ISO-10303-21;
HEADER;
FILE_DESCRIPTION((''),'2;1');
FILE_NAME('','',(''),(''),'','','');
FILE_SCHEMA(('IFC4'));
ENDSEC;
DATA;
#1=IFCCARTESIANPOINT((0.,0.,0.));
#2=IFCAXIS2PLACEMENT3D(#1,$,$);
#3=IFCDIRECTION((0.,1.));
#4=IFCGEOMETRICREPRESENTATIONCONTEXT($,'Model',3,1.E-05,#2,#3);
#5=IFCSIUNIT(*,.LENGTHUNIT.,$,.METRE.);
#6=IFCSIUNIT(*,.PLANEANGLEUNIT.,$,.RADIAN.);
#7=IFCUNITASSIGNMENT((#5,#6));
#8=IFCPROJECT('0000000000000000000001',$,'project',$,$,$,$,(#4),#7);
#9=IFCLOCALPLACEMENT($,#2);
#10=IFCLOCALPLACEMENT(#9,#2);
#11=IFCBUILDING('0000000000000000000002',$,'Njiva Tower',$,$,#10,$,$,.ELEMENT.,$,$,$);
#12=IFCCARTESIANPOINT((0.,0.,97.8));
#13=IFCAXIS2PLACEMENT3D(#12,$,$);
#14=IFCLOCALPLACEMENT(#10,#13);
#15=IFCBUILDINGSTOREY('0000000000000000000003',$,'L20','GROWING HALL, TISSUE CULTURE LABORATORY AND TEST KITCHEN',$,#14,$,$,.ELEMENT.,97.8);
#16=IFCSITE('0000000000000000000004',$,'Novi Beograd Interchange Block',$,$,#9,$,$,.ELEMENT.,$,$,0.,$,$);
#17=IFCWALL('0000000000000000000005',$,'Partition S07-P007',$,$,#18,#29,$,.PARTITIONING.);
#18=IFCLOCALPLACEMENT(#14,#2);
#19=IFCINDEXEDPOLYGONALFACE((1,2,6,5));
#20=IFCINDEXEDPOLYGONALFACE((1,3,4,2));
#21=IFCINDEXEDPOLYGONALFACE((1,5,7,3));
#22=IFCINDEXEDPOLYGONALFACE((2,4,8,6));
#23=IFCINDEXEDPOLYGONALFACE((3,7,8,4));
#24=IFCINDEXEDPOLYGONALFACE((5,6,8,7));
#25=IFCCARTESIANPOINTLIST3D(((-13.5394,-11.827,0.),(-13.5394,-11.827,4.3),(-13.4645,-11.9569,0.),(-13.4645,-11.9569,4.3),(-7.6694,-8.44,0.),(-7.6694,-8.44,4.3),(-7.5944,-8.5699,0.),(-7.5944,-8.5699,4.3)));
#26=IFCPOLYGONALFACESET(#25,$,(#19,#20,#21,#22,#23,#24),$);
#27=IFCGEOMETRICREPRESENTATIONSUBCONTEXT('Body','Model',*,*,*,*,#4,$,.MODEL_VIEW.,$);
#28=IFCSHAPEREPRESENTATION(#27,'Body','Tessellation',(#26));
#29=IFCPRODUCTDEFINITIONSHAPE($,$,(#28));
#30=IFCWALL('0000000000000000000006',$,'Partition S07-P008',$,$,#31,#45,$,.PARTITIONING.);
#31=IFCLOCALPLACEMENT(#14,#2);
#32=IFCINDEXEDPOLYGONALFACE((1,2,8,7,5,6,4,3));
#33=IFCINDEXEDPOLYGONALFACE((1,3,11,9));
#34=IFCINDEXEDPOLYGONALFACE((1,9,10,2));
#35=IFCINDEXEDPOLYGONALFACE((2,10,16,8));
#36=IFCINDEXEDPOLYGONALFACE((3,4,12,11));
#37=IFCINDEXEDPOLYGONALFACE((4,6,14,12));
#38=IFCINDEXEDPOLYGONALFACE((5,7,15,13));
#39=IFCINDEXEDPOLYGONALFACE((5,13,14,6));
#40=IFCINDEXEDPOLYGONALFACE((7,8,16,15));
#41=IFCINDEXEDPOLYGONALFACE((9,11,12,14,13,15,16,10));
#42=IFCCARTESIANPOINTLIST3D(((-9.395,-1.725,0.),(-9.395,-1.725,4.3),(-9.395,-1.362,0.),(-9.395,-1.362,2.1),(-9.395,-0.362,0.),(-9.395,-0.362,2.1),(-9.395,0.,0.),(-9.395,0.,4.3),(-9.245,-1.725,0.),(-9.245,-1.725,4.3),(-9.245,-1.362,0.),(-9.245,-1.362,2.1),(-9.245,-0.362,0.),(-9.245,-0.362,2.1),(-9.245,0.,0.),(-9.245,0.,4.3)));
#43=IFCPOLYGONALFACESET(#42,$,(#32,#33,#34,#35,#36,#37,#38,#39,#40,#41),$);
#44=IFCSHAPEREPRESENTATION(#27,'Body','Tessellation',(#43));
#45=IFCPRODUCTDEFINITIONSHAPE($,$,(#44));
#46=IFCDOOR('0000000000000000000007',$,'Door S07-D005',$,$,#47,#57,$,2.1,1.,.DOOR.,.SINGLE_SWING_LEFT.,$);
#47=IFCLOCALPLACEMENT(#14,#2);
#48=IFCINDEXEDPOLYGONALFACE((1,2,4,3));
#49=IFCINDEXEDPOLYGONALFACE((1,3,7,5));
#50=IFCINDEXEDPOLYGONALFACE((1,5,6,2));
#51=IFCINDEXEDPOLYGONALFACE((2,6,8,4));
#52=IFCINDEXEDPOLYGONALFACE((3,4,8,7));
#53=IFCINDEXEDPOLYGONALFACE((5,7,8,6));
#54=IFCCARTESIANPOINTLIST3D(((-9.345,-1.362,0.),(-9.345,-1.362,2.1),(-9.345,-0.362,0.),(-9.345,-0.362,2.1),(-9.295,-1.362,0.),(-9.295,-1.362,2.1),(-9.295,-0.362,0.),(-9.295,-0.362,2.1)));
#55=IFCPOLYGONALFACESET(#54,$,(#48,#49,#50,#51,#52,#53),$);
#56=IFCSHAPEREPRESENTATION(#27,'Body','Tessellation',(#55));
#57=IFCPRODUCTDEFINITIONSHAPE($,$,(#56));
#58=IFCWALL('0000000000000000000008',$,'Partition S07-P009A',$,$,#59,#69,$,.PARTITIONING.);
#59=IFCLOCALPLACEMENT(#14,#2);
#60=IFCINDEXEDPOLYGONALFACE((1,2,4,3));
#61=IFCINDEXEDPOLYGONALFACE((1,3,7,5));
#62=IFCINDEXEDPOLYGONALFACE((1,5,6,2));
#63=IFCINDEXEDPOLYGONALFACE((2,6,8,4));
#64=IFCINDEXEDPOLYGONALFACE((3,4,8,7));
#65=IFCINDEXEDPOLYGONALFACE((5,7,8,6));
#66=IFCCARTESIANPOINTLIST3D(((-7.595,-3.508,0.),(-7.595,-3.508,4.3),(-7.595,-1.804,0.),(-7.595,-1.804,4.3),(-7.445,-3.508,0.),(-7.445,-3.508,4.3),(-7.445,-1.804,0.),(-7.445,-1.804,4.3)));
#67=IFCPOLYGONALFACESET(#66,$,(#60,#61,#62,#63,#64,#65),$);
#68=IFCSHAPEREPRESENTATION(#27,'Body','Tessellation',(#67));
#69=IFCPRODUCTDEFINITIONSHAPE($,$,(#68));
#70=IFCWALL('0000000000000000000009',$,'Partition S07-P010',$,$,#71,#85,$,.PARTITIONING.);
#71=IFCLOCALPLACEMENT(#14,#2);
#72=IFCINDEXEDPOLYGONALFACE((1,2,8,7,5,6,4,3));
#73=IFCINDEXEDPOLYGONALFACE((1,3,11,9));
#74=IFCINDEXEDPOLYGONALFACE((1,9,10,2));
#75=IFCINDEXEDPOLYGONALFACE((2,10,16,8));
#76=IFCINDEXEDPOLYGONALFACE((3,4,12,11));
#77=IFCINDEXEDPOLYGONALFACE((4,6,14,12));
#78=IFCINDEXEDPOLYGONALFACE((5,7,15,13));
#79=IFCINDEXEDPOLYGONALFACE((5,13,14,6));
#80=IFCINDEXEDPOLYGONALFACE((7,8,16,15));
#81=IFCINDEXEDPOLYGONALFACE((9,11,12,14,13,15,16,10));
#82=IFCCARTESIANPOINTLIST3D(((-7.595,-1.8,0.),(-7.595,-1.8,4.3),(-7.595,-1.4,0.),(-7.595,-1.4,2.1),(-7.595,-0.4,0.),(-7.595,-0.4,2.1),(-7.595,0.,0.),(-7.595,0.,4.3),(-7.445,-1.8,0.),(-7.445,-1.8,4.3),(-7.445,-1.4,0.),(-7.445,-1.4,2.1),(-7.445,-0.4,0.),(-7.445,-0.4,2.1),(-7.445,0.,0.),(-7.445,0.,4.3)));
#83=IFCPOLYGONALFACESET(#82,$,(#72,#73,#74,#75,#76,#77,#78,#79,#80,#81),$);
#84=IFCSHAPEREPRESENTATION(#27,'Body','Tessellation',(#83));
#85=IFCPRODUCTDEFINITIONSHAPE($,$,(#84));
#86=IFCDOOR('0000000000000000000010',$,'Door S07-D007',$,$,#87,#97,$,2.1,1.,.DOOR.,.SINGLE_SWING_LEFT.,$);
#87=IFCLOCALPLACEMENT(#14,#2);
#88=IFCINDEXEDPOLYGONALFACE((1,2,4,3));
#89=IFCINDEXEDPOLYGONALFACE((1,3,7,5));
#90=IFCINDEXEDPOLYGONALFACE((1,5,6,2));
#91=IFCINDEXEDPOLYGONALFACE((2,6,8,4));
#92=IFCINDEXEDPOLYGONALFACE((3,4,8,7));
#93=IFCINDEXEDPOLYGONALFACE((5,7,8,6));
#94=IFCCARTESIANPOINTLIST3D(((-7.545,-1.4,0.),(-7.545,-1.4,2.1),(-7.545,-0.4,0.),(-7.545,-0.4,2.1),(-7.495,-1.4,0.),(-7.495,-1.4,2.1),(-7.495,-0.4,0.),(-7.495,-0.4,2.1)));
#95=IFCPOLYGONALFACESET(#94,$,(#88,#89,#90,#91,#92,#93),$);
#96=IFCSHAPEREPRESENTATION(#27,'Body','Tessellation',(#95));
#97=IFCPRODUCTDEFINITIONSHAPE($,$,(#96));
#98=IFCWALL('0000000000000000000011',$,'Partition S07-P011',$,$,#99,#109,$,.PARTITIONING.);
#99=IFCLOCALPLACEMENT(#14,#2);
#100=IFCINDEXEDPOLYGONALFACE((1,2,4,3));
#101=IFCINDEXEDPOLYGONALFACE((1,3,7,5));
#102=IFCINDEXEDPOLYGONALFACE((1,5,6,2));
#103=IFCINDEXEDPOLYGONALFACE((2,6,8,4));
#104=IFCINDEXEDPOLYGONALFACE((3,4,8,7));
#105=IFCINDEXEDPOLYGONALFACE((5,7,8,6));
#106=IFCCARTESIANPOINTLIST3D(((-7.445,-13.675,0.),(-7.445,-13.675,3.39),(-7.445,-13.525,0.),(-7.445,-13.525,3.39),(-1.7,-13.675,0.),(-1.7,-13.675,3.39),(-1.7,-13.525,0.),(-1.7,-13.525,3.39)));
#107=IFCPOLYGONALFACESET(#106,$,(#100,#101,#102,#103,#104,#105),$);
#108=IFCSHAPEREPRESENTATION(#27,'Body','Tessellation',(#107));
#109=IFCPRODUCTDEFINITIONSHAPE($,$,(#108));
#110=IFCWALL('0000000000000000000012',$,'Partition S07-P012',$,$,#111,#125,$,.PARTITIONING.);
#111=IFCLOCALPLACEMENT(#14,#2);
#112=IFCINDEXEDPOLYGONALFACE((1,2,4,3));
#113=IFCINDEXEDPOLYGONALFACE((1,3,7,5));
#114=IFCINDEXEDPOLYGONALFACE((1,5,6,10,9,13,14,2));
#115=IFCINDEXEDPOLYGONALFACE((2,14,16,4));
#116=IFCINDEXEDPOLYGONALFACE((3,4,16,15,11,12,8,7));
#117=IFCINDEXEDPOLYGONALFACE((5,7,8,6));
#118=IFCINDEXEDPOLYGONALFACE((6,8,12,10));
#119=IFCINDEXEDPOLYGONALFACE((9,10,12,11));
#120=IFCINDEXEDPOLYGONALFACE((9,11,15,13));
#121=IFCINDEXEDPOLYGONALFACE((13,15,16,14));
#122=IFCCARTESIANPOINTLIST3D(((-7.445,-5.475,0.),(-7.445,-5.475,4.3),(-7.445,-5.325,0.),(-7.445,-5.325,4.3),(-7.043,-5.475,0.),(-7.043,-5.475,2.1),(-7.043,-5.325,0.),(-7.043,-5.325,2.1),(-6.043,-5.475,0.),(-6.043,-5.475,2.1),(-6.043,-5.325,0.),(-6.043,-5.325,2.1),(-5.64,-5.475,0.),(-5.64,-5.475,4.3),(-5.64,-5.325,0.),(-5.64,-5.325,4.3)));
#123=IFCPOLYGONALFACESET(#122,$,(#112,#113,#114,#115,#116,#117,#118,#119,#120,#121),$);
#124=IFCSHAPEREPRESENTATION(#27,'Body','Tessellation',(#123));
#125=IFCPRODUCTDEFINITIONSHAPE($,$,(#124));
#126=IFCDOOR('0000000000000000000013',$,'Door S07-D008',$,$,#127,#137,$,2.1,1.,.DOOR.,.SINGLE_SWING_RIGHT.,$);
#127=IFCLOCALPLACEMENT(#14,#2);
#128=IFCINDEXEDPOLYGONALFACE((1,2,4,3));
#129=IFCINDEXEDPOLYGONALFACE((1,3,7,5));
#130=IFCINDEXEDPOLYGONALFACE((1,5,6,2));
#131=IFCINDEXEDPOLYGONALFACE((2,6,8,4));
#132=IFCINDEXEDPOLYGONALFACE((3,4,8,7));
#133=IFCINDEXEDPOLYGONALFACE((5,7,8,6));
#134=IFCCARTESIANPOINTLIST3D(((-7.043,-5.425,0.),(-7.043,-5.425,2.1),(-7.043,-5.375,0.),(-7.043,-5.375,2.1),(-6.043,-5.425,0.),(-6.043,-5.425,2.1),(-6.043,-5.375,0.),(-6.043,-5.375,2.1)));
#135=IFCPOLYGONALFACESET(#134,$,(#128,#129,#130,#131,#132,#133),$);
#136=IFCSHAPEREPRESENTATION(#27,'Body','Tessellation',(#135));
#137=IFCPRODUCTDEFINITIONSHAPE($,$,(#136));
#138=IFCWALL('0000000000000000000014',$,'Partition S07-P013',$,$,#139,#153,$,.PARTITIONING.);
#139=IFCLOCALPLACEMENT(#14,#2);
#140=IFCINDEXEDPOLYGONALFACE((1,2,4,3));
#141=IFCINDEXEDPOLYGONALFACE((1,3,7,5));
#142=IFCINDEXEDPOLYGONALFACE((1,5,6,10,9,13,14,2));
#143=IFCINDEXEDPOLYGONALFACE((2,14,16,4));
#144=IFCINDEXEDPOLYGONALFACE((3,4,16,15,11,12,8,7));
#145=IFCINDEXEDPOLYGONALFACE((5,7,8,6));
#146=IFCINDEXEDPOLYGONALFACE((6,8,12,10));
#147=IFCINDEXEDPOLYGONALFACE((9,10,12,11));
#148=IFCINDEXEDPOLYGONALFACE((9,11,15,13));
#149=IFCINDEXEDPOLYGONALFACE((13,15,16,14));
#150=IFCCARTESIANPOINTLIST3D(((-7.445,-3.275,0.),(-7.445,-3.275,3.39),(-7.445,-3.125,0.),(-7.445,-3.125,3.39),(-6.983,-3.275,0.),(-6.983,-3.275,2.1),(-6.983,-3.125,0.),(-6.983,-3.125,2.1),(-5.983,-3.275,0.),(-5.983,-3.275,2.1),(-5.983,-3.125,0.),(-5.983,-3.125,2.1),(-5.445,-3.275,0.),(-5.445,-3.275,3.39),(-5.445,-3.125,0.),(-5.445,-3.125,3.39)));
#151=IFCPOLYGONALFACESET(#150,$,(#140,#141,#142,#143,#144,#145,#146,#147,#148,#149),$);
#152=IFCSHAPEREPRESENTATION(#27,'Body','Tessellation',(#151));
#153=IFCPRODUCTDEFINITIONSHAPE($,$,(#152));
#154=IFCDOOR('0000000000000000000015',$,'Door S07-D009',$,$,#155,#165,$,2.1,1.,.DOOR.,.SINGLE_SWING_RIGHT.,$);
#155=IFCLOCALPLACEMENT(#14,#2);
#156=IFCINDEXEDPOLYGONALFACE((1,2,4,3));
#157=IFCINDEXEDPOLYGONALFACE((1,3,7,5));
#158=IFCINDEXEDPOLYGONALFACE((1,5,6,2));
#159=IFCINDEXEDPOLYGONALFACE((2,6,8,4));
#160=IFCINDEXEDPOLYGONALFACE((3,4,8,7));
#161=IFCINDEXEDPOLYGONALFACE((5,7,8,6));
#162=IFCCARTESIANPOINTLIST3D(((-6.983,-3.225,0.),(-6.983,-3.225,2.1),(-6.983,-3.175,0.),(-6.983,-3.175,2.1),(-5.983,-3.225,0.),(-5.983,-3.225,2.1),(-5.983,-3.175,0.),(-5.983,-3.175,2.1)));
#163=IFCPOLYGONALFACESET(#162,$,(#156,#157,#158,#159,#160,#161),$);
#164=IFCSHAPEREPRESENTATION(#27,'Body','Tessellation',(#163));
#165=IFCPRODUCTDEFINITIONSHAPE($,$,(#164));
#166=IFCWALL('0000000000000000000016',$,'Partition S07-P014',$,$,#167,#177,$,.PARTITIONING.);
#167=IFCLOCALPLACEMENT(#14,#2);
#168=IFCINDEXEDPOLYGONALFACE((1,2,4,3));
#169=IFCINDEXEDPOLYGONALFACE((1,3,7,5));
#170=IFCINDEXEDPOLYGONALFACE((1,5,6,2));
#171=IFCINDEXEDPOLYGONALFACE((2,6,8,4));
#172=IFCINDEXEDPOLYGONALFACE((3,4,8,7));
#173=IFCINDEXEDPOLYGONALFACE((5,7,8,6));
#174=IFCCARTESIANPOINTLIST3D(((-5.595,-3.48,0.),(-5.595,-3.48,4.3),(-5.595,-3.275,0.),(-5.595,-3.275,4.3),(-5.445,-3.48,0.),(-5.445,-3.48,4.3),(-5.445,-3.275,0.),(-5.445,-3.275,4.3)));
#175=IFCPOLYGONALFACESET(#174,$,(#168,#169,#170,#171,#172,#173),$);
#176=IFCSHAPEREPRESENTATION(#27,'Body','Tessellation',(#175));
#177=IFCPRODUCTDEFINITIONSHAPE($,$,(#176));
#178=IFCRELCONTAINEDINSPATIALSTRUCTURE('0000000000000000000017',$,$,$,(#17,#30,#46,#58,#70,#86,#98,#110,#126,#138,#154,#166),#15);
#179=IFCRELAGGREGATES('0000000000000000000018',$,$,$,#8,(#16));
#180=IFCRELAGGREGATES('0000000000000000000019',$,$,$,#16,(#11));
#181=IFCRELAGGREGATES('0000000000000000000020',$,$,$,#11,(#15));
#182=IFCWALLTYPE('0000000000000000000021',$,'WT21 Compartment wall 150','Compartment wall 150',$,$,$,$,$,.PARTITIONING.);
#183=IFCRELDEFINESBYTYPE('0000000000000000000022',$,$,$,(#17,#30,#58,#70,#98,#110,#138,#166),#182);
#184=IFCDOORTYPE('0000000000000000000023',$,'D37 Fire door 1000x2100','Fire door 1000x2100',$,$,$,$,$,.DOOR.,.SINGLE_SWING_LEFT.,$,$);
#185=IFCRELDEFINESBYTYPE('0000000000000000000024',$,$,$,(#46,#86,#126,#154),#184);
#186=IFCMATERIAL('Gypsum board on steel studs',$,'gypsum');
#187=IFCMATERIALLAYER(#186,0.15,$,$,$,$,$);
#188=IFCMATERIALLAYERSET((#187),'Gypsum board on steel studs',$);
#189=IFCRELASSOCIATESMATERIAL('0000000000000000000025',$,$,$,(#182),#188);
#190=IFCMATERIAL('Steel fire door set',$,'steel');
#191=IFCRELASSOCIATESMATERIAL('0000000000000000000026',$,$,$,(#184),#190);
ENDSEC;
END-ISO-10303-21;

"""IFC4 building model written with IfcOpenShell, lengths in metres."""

from ifc_helpers import new_model, si_unit, direction, frame, frame_2d, origin, place, context, subcontext, project, spatial, rectangle, extrude, material, layer, layer_set, type_object, element, fill, save


model = new_model("IFC4")

# Units and contexts
model_context = context("Model", 3, precision=1e-05, world=origin(), true_north=direction((0.0, 1.0)))
body_context = subcontext(model_context, "Body", "Model", "MODEL_VIEW")
ifc_project = project(units=[si_unit("LENGTHUNIT", "METRE"), si_unit("PLANEANGLEUNIT", "RADIAN")], contexts=[model_context])

# Site, building, storey
site_placement = place(None, origin())
site = spatial("IfcSite", under=ifc_project, at=site_placement, Name="Novi Beograd Interchange Block", CompositionType="ELEMENT", RefElevation=0.0)
building_placement = place(site_placement, origin())
building = spatial("IfcBuilding", under=site, at=building_placement, Name="Njiva Tower", CompositionType="ELEMENT")
storey_placement = place(building_placement, frame((0.0, 0.0, 97.8)))
storey = spatial("IfcBuildingStorey", under=building, at=storey_placement, Name="L20", Description="GROWING HALL, TISSUE CULTURE LABORATORY AND TEST KITCHEN", CompositionType="ELEMENT", Elevation=97.8)

# Wall
ifc_material_1 = material(Name="Gypsum board on steel studs", Category="gypsum")
ifc_layer_1 = layer(ifc_material_1, 0.15)
ifc_layer_set_1 = layer_set([ifc_layer_1], Name="Gypsum board on steel studs")
wall_type_1 = type_object("IfcWallType", Name="WT21 Compartment wall 150", Description="Compartment wall 150", PredefinedType="PARTITIONING", material=ifc_layer_set_1)
wall_1_placement = place(storey_placement, frame((-13.502, -11.892, 0.0), z_axis=(0.0, 0.0, 1.0), x_axis=(0.866156, 0.499774, 0.0)))
element("IfcWall", 1, at=wall_1_placement, inside=storey, type_object=wall_type_1, Name="Partition S07-P007", PredefinedType="PARTITIONING", context=body_context, shape_type="SweptSolid", body=[
    extrude(rectangle(XDim=6.7771, YDim=0.15, at=frame_2d((3.3886, 0.0))), origin(), (0.0, 0.0, 1.0), 4.3),
])

# Wall, opening, door
wall_2_placement = place(storey_placement, frame((-9.32, -1.725, 0.0), z_axis=(0.0, 0.0, 1.0), x_axis=(0.0, 1.0, 0.0)))
wall_2 = element("IfcWall", 2, at=wall_2_placement, inside=storey, type_object=wall_type_1, Name="Partition S07-P008", PredefinedType="PARTITIONING", context=body_context, shape_type="SweptSolid", body=[
    extrude(rectangle(XDim=1.725, YDim=0.15, at=frame_2d((0.8625, 0.0))), origin(), (0.0, 0.0, 1.0), 4.3),
])
opening_1_placement = place(wall_2_placement, frame((0.363, 0.0, 0.0)))
opening_1 = element("IfcOpeningElement", 3, at=opening_1_placement, cuts=wall_2, PredefinedType="OPENING", context=body_context, shape_type="SweptSolid", body=[
    extrude(rectangle(XDim=1.0, YDim=2.1, at=frame_2d((0.5, 1.05))), frame((0.0, 0.085, 0.0), z_axis=(0.0, -1.0, 0.0), x_axis=(1.0, 0.0, 0.0)), (0.0, 0.0, 1.0), 0.17),
])
ifc_material_2 = material(Name="Steel fire door set", Category="steel")
door_type = type_object("IfcDoorType", Name="D37 Fire door 1000x2100", Description="Fire door 1000x2100", OperationType="SINGLE_SWING_LEFT", PredefinedType="DOOR", material=ifc_material_2)
door_1_placement = place(opening_1_placement, origin())
door_1 = element("IfcDoor", 4, at=door_1_placement, inside=storey, type_object=door_type, Name="Door S07-D005", OperationType="SINGLE_SWING_LEFT", OverallHeight=2.1, OverallWidth=1.0, PredefinedType="DOOR", context=body_context, shape_type="SweptSolid", body=[
    extrude(rectangle(XDim=1.0, YDim=2.1, at=frame_2d((0.5, 1.05))), frame((0.0, 0.025, 0.0), z_axis=(0.0, -1.0, 0.0), x_axis=(1.0, 0.0, 0.0)), (0.0, 0.0, 1.0), 0.05),
])
fill(opening_1, door_1)

# Wall
wall_3_placement = place(storey_placement, frame((-7.52, -3.508, 0.0), z_axis=(0.0, 0.0, 1.0), x_axis=(0.0, 1.0, 0.0)))
element("IfcWall", 5, at=wall_3_placement, inside=storey, type_object=wall_type_1, Name="Partition S07-P009A", PredefinedType="PARTITIONING", context=body_context, shape_type="SweptSolid", body=[
    extrude(rectangle(XDim=1.704, YDim=0.15, at=frame_2d((0.852, 0.0))), origin(), (0.0, 0.0, 1.0), 4.3),
])

# Wall, opening, door
wall_4_placement = place(storey_placement, frame((-7.52, -1.8, 0.0), z_axis=(0.0, 0.0, 1.0), x_axis=(0.0, 1.0, 0.0)))
wall_4 = element("IfcWall", 6, at=wall_4_placement, inside=storey, type_object=wall_type_1, Name="Partition S07-P010", PredefinedType="PARTITIONING", context=body_context, shape_type="SweptSolid", body=[
    extrude(rectangle(XDim=1.8, YDim=0.15, at=frame_2d((0.9, 0.0))), origin(), (0.0, 0.0, 1.0), 4.3),
])
opening_2_placement = place(wall_4_placement, frame((0.4, 0.0, 0.0)))
opening_2 = element("IfcOpeningElement", 7, at=opening_2_placement, cuts=wall_4, PredefinedType="OPENING", context=body_context, shape_type="SweptSolid", body=[
    extrude(rectangle(XDim=1.0, YDim=2.1, at=frame_2d((0.5, 1.05))), frame((0.0, 0.085, 0.0), z_axis=(0.0, -1.0, 0.0), x_axis=(1.0, 0.0, 0.0)), (0.0, 0.0, 1.0), 0.17),
])
door_2_placement = place(opening_2_placement, origin())
door_2 = element("IfcDoor", 8, at=door_2_placement, inside=storey, type_object=door_type, Name="Door S07-D007", OperationType="SINGLE_SWING_LEFT", OverallHeight=2.1, OverallWidth=1.0, PredefinedType="DOOR", context=body_context, shape_type="SweptSolid", body=[
    extrude(rectangle(XDim=1.0, YDim=2.1, at=frame_2d((0.5, 1.05))), frame((0.0, 0.025, 0.0), z_axis=(0.0, -1.0, 0.0), x_axis=(1.0, 0.0, 0.0)), (0.0, 0.0, 1.0), 0.05),
])
fill(opening_2, door_2)

# Wall
wall_5_placement = place(storey_placement, frame((-7.445, -13.6, 0.0), z_axis=(0.0, 0.0, 1.0), x_axis=(1.0, 0.0, 0.0)))
element("IfcWall", 9, at=wall_5_placement, inside=storey, type_object=wall_type_1, Name="Partition S07-P011", PredefinedType="PARTITIONING", context=body_context, shape_type="SweptSolid", body=[
    extrude(rectangle(XDim=5.745, YDim=0.15, at=frame_2d((2.8725, 0.0))), origin(), (0.0, 0.0, 1.0), 3.39),
])

# Walls, openings, doors
wall_6_placement = place(storey_placement, frame((-7.445, -5.4, 0.0), z_axis=(0.0, 0.0, 1.0), x_axis=(1.0, 0.0, 0.0)))
wall_6 = element("IfcWall", 10, at=wall_6_placement, inside=storey, type_object=wall_type_1, Name="Partition S07-P012", PredefinedType="PARTITIONING", context=body_context, shape_type="SweptSolid", body=[
    extrude(rectangle(XDim=1.805, YDim=0.15, at=frame_2d((0.9025, 0.0))), origin(), (0.0, 0.0, 1.0), 4.3),
])
opening_3_placement = place(wall_6_placement, frame((0.402, 0.0, 0.0)))
opening_3 = element("IfcOpeningElement", 11, at=opening_3_placement, cuts=wall_6, PredefinedType="OPENING", context=body_context, shape_type="SweptSolid", body=[
    extrude(rectangle(XDim=1.0, YDim=2.1, at=frame_2d((0.5, 1.05))), frame((0.0, 0.085, 0.0), z_axis=(0.0, -1.0, 0.0), x_axis=(1.0, 0.0, 0.0)), (0.0, 0.0, 1.0), 0.17),
])
door_3_placement = place(opening_3_placement, origin())
door_3 = element("IfcDoor", 12, at=door_3_placement, inside=storey, type_object=door_type, Name="Door S07-D008", OperationType="SINGLE_SWING_RIGHT", OverallHeight=2.1, OverallWidth=1.0, PredefinedType="DOOR", context=body_context, shape_type="SweptSolid", body=[
    extrude(rectangle(XDim=1.0, YDim=2.1, at=frame_2d((0.5, 1.05))), frame((0.0, 0.025, 0.0), z_axis=(0.0, -1.0, 0.0), x_axis=(1.0, 0.0, 0.0)), (0.0, 0.0, 1.0), 0.05),
])
fill(opening_3, door_3)
wall_7_placement = place(storey_placement, frame((-7.445, -3.2, 0.0), z_axis=(0.0, 0.0, 1.0), x_axis=(1.0, 0.0, 0.0)))
wall_7 = element("IfcWall", 13, at=wall_7_placement, inside=storey, type_object=wall_type_1, Name="Partition S07-P013", PredefinedType="PARTITIONING", context=body_context, shape_type="SweptSolid", body=[
    extrude(rectangle(XDim=2.0, YDim=0.15, at=frame_2d((1.0, 0.0))), origin(), (0.0, 0.0, 1.0), 3.39),
])
opening_4_placement = place(wall_7_placement, frame((0.462, 0.0, 0.0)))
opening_4 = element("IfcOpeningElement", 14, at=opening_4_placement, cuts=wall_7, PredefinedType="OPENING", context=body_context, shape_type="SweptSolid", body=[
    extrude(rectangle(XDim=1.0, YDim=2.1, at=frame_2d((0.5, 1.05))), frame((0.0, 0.085, 0.0), z_axis=(0.0, -1.0, 0.0), x_axis=(1.0, 0.0, 0.0)), (0.0, 0.0, 1.0), 0.17),
])
door_4_placement = place(opening_4_placement, origin())
door_4 = element("IfcDoor", 15, at=door_4_placement, inside=storey, type_object=door_type, Name="Door S07-D009", OperationType="SINGLE_SWING_RIGHT", OverallHeight=2.1, OverallWidth=1.0, PredefinedType="DOOR", context=body_context, shape_type="SweptSolid", body=[
    extrude(rectangle(XDim=1.0, YDim=2.1, at=frame_2d((0.5, 1.05))), frame((0.0, 0.025, 0.0), z_axis=(0.0, -1.0, 0.0), x_axis=(1.0, 0.0, 0.0)), (0.0, 0.0, 1.0), 0.05),
])
fill(opening_4, door_4)

# Wall
wall_8_placement = place(storey_placement, frame((-5.52, -3.48, 0.0), z_axis=(0.0, 0.0, 1.0), x_axis=(0.0, 1.0, 0.0)))
element("IfcWall", 16, at=wall_8_placement, inside=storey, type_object=wall_type_1, Name="Partition S07-P014", PredefinedType="PARTITIONING", context=body_context, shape_type="SweptSolid", body=[
    extrude(rectangle(XDim=0.205, YDim=0.15, at=frame_2d((0.1025, 0.0))), origin(), (0.0, 0.0, 1.0), 4.3),
])

save(model, "model.ifc")
